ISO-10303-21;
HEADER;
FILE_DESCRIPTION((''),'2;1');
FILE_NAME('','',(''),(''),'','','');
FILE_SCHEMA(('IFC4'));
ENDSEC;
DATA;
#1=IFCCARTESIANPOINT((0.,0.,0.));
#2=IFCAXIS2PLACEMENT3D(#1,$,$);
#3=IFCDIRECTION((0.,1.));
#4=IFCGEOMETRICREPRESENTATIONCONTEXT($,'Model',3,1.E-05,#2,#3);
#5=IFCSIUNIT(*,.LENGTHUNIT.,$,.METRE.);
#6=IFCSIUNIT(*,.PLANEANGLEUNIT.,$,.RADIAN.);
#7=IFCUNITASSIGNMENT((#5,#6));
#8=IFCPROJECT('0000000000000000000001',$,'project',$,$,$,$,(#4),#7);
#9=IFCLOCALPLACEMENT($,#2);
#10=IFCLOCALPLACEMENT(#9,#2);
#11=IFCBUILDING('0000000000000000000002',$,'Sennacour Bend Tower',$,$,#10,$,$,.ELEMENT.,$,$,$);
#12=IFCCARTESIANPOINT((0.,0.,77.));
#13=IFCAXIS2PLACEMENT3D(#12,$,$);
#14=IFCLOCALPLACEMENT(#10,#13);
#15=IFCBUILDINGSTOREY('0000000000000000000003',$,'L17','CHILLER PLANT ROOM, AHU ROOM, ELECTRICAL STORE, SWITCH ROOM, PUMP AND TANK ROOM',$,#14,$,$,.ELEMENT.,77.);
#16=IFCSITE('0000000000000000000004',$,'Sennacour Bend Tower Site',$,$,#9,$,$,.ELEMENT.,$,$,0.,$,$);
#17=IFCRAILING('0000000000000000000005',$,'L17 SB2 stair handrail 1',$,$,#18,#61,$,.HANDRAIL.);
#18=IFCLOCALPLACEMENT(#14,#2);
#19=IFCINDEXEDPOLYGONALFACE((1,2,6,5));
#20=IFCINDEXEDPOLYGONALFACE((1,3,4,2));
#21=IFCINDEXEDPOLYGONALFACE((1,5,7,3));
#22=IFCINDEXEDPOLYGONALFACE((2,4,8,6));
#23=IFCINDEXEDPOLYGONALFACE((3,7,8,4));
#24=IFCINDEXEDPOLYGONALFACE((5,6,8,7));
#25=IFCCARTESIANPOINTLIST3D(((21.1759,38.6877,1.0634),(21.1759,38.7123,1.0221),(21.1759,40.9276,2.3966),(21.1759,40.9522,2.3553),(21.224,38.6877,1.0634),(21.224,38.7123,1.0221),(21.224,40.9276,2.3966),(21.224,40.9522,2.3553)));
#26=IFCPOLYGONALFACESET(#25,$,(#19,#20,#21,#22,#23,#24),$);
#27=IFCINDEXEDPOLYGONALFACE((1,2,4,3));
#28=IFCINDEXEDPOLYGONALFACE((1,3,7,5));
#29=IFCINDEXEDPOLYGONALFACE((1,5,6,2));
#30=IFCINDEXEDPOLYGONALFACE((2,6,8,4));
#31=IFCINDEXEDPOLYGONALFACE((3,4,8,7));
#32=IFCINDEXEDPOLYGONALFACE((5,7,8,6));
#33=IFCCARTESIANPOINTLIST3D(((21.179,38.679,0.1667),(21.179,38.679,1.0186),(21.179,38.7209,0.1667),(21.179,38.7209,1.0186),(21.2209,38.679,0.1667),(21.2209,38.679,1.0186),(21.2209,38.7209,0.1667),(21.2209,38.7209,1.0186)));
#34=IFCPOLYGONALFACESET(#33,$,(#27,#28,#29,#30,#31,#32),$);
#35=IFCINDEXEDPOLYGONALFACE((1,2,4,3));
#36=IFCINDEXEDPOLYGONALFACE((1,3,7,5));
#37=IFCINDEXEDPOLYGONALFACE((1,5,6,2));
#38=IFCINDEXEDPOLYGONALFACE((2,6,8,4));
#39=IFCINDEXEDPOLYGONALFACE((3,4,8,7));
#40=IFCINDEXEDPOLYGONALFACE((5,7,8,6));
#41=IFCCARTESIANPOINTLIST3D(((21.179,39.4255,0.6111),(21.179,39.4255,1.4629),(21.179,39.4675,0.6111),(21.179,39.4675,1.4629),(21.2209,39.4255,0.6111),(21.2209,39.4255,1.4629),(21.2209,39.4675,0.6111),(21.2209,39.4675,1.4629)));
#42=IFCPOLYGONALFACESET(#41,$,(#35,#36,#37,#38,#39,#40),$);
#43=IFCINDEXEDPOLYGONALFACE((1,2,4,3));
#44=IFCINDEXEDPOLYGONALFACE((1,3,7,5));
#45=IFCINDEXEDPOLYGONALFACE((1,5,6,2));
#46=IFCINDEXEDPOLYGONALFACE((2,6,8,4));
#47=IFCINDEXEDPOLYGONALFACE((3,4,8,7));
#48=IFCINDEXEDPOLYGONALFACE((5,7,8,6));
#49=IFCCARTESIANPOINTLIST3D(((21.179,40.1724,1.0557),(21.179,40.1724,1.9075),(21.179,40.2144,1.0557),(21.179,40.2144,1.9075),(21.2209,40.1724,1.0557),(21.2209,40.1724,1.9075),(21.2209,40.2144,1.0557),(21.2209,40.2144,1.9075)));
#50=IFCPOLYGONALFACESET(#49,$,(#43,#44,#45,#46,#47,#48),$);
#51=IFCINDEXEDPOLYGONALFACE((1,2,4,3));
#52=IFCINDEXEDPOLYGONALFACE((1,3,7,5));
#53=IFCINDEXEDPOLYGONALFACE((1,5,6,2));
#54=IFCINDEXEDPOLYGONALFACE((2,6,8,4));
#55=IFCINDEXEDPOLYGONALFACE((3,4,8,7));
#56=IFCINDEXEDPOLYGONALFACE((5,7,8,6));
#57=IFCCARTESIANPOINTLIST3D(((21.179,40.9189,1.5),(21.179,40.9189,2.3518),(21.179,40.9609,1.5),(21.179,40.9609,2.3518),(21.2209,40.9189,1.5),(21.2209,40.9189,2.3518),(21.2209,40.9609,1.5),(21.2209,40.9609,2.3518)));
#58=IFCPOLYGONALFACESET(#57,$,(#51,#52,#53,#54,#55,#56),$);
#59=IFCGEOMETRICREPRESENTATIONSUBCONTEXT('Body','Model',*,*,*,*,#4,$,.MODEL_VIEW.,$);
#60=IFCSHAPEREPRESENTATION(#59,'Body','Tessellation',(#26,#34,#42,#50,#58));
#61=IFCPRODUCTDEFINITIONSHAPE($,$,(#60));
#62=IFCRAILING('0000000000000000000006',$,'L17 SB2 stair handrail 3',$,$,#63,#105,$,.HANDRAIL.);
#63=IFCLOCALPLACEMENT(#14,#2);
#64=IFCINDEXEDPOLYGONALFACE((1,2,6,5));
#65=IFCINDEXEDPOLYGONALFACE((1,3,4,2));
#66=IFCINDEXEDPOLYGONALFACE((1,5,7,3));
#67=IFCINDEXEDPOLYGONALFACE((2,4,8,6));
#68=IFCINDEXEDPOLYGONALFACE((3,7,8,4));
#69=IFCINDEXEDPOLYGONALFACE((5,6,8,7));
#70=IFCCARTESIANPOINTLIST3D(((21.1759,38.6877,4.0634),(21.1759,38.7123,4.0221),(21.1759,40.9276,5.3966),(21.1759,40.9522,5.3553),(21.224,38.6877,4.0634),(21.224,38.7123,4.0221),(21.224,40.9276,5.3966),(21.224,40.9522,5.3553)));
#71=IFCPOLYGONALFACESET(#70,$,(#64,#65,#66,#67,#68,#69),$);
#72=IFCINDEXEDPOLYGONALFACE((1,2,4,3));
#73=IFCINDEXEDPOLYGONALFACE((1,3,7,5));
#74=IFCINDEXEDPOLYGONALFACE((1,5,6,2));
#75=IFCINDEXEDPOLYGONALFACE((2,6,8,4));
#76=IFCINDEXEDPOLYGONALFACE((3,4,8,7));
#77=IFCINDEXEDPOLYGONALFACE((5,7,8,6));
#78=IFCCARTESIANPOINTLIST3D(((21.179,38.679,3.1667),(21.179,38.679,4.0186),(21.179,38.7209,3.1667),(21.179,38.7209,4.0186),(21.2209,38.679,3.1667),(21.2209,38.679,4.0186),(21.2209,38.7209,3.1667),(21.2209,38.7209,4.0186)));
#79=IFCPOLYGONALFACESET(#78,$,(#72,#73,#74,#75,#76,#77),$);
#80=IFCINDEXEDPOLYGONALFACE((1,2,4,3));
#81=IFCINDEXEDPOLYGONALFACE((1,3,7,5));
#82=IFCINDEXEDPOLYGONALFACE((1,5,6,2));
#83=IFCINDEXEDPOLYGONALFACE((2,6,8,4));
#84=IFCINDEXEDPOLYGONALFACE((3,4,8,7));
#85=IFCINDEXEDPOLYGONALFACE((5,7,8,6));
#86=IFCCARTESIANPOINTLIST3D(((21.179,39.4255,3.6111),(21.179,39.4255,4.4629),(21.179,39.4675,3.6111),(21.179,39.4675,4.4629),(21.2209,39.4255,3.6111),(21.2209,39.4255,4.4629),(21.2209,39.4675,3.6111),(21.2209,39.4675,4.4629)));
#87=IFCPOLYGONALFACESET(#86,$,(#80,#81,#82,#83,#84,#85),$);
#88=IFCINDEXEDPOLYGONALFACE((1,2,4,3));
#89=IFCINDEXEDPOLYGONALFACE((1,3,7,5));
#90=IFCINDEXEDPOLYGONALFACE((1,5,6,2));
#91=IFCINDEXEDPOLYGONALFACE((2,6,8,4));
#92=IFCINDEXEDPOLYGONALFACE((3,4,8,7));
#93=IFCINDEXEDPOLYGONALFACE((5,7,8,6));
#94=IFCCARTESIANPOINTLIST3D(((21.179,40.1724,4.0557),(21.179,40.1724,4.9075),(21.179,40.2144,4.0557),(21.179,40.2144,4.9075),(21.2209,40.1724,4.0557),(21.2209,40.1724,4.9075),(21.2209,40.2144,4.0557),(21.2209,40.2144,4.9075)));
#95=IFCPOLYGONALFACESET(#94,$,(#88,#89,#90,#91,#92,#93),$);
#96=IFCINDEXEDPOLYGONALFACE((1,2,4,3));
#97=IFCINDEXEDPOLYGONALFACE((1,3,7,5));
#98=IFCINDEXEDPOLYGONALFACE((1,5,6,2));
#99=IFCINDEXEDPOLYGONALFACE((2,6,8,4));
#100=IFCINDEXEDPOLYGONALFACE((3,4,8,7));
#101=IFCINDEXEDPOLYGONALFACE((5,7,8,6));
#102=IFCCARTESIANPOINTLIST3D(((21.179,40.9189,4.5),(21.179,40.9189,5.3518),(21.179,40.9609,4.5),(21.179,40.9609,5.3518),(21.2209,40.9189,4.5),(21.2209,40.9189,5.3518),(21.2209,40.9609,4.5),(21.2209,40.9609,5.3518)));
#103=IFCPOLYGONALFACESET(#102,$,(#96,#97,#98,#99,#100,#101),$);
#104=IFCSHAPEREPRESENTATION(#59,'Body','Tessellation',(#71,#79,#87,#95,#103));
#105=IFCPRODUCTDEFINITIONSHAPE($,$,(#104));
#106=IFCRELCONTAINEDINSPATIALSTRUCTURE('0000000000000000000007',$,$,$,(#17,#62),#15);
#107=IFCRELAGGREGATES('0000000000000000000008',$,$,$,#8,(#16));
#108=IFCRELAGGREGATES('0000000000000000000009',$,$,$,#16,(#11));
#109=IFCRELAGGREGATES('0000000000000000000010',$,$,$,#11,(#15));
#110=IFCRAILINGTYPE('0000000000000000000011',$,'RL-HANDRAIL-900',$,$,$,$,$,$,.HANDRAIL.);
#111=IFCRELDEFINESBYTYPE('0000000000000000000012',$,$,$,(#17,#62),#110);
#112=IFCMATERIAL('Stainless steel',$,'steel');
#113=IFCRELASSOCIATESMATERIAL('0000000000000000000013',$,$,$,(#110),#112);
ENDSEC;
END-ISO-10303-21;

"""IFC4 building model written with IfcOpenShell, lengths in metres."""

from ifc_helpers import new_model, si_unit, direction, frame, origin, origin_2d, place, context, subcontext, project, spatial, rectangle, extrude, material, type_object, element, save


model = new_model("IFC4")

# Units and contexts
model_context = context("Model", 3, precision=1e-05, world=origin(), true_north=direction((0.0, 1.0)))
body_context = subcontext(model_context, "Body", "Model", "MODEL_VIEW")
ifc_project = project(units=[si_unit("LENGTHUNIT", "METRE"), si_unit("PLANEANGLEUNIT", "RADIAN")], contexts=[model_context])

# Site, building, storey
site_placement = place(None, origin())
site = spatial("IfcSite", under=ifc_project, at=site_placement, Name="Sennacour Bend Tower Site", CompositionType="ELEMENT", RefElevation=0.0)
building_placement = place(site_placement, origin())
building = spatial("IfcBuilding", under=site, at=building_placement, Name="Sennacour Bend Tower", CompositionType="ELEMENT")
storey_placement = place(building_placement, frame((0.0, 0.0, 77.0)))
storey = spatial("IfcBuildingStorey", under=building, at=storey_placement, Name="L17", Description="CHILLER PLANT ROOM, AHU ROOM, ELECTRICAL STORE, SWITCH ROOM, PUMP AND TANK ROOM", CompositionType="ELEMENT", Elevation=77.0)

# Railings
ifc_material_1 = material(Name="Stainless steel", Category="steel")
railing_type_1 = type_object("IfcRailingType", Name="RL-HANDRAIL-900", PredefinedType="HANDRAIL", material=ifc_material_1)
for number, where, name in (
    (1, (21.2, 38.7, 0.1667), "L17 SB2 stair handrail 1"),
    (2, (21.2, 38.7, 3.1667), "L17 SB2 stair handrail 3"),
):
    element("IfcRailing", number, at=place(storey_placement, frame(where)), inside=storey, type_object=railing_type_1, Name=name, PredefinedType="HANDRAIL", context=body_context, shape_type="SweptSolid", body=[
        extrude(rectangle(XDim=0.0481, YDim=0.0481, at=origin_2d()), frame((0.0, 0.0, 0.876), z_axis=(0.0, 0.859306, 0.511462), x_axis=(-1.0, 0.0, 0.0)), (0.0, 0.0, 1.0), 2.6067),
        extrude(rectangle(XDim=0.042, YDim=0.042, at=origin_2d()), origin(), (0.0, 0.0, 1.0), 0.8518),
        extrude(rectangle(XDim=0.042, YDim=0.042, at=origin_2d()), frame((0.0, 0.7466, 0.4443)), (0.0, 0.0, 1.0), 0.8518),
        extrude(rectangle(XDim=0.042, YDim=0.042, at=origin_2d()), frame((0.0, 1.4934, 0.8889)), (0.0, 0.0, 1.0), 0.8518),
        extrude(rectangle(XDim=0.042, YDim=0.042, at=origin_2d()), frame((0.0, 2.24, 1.3333)), (0.0, 0.0, 1.0), 0.8518),
    ])

save(model, "model.ifc")
